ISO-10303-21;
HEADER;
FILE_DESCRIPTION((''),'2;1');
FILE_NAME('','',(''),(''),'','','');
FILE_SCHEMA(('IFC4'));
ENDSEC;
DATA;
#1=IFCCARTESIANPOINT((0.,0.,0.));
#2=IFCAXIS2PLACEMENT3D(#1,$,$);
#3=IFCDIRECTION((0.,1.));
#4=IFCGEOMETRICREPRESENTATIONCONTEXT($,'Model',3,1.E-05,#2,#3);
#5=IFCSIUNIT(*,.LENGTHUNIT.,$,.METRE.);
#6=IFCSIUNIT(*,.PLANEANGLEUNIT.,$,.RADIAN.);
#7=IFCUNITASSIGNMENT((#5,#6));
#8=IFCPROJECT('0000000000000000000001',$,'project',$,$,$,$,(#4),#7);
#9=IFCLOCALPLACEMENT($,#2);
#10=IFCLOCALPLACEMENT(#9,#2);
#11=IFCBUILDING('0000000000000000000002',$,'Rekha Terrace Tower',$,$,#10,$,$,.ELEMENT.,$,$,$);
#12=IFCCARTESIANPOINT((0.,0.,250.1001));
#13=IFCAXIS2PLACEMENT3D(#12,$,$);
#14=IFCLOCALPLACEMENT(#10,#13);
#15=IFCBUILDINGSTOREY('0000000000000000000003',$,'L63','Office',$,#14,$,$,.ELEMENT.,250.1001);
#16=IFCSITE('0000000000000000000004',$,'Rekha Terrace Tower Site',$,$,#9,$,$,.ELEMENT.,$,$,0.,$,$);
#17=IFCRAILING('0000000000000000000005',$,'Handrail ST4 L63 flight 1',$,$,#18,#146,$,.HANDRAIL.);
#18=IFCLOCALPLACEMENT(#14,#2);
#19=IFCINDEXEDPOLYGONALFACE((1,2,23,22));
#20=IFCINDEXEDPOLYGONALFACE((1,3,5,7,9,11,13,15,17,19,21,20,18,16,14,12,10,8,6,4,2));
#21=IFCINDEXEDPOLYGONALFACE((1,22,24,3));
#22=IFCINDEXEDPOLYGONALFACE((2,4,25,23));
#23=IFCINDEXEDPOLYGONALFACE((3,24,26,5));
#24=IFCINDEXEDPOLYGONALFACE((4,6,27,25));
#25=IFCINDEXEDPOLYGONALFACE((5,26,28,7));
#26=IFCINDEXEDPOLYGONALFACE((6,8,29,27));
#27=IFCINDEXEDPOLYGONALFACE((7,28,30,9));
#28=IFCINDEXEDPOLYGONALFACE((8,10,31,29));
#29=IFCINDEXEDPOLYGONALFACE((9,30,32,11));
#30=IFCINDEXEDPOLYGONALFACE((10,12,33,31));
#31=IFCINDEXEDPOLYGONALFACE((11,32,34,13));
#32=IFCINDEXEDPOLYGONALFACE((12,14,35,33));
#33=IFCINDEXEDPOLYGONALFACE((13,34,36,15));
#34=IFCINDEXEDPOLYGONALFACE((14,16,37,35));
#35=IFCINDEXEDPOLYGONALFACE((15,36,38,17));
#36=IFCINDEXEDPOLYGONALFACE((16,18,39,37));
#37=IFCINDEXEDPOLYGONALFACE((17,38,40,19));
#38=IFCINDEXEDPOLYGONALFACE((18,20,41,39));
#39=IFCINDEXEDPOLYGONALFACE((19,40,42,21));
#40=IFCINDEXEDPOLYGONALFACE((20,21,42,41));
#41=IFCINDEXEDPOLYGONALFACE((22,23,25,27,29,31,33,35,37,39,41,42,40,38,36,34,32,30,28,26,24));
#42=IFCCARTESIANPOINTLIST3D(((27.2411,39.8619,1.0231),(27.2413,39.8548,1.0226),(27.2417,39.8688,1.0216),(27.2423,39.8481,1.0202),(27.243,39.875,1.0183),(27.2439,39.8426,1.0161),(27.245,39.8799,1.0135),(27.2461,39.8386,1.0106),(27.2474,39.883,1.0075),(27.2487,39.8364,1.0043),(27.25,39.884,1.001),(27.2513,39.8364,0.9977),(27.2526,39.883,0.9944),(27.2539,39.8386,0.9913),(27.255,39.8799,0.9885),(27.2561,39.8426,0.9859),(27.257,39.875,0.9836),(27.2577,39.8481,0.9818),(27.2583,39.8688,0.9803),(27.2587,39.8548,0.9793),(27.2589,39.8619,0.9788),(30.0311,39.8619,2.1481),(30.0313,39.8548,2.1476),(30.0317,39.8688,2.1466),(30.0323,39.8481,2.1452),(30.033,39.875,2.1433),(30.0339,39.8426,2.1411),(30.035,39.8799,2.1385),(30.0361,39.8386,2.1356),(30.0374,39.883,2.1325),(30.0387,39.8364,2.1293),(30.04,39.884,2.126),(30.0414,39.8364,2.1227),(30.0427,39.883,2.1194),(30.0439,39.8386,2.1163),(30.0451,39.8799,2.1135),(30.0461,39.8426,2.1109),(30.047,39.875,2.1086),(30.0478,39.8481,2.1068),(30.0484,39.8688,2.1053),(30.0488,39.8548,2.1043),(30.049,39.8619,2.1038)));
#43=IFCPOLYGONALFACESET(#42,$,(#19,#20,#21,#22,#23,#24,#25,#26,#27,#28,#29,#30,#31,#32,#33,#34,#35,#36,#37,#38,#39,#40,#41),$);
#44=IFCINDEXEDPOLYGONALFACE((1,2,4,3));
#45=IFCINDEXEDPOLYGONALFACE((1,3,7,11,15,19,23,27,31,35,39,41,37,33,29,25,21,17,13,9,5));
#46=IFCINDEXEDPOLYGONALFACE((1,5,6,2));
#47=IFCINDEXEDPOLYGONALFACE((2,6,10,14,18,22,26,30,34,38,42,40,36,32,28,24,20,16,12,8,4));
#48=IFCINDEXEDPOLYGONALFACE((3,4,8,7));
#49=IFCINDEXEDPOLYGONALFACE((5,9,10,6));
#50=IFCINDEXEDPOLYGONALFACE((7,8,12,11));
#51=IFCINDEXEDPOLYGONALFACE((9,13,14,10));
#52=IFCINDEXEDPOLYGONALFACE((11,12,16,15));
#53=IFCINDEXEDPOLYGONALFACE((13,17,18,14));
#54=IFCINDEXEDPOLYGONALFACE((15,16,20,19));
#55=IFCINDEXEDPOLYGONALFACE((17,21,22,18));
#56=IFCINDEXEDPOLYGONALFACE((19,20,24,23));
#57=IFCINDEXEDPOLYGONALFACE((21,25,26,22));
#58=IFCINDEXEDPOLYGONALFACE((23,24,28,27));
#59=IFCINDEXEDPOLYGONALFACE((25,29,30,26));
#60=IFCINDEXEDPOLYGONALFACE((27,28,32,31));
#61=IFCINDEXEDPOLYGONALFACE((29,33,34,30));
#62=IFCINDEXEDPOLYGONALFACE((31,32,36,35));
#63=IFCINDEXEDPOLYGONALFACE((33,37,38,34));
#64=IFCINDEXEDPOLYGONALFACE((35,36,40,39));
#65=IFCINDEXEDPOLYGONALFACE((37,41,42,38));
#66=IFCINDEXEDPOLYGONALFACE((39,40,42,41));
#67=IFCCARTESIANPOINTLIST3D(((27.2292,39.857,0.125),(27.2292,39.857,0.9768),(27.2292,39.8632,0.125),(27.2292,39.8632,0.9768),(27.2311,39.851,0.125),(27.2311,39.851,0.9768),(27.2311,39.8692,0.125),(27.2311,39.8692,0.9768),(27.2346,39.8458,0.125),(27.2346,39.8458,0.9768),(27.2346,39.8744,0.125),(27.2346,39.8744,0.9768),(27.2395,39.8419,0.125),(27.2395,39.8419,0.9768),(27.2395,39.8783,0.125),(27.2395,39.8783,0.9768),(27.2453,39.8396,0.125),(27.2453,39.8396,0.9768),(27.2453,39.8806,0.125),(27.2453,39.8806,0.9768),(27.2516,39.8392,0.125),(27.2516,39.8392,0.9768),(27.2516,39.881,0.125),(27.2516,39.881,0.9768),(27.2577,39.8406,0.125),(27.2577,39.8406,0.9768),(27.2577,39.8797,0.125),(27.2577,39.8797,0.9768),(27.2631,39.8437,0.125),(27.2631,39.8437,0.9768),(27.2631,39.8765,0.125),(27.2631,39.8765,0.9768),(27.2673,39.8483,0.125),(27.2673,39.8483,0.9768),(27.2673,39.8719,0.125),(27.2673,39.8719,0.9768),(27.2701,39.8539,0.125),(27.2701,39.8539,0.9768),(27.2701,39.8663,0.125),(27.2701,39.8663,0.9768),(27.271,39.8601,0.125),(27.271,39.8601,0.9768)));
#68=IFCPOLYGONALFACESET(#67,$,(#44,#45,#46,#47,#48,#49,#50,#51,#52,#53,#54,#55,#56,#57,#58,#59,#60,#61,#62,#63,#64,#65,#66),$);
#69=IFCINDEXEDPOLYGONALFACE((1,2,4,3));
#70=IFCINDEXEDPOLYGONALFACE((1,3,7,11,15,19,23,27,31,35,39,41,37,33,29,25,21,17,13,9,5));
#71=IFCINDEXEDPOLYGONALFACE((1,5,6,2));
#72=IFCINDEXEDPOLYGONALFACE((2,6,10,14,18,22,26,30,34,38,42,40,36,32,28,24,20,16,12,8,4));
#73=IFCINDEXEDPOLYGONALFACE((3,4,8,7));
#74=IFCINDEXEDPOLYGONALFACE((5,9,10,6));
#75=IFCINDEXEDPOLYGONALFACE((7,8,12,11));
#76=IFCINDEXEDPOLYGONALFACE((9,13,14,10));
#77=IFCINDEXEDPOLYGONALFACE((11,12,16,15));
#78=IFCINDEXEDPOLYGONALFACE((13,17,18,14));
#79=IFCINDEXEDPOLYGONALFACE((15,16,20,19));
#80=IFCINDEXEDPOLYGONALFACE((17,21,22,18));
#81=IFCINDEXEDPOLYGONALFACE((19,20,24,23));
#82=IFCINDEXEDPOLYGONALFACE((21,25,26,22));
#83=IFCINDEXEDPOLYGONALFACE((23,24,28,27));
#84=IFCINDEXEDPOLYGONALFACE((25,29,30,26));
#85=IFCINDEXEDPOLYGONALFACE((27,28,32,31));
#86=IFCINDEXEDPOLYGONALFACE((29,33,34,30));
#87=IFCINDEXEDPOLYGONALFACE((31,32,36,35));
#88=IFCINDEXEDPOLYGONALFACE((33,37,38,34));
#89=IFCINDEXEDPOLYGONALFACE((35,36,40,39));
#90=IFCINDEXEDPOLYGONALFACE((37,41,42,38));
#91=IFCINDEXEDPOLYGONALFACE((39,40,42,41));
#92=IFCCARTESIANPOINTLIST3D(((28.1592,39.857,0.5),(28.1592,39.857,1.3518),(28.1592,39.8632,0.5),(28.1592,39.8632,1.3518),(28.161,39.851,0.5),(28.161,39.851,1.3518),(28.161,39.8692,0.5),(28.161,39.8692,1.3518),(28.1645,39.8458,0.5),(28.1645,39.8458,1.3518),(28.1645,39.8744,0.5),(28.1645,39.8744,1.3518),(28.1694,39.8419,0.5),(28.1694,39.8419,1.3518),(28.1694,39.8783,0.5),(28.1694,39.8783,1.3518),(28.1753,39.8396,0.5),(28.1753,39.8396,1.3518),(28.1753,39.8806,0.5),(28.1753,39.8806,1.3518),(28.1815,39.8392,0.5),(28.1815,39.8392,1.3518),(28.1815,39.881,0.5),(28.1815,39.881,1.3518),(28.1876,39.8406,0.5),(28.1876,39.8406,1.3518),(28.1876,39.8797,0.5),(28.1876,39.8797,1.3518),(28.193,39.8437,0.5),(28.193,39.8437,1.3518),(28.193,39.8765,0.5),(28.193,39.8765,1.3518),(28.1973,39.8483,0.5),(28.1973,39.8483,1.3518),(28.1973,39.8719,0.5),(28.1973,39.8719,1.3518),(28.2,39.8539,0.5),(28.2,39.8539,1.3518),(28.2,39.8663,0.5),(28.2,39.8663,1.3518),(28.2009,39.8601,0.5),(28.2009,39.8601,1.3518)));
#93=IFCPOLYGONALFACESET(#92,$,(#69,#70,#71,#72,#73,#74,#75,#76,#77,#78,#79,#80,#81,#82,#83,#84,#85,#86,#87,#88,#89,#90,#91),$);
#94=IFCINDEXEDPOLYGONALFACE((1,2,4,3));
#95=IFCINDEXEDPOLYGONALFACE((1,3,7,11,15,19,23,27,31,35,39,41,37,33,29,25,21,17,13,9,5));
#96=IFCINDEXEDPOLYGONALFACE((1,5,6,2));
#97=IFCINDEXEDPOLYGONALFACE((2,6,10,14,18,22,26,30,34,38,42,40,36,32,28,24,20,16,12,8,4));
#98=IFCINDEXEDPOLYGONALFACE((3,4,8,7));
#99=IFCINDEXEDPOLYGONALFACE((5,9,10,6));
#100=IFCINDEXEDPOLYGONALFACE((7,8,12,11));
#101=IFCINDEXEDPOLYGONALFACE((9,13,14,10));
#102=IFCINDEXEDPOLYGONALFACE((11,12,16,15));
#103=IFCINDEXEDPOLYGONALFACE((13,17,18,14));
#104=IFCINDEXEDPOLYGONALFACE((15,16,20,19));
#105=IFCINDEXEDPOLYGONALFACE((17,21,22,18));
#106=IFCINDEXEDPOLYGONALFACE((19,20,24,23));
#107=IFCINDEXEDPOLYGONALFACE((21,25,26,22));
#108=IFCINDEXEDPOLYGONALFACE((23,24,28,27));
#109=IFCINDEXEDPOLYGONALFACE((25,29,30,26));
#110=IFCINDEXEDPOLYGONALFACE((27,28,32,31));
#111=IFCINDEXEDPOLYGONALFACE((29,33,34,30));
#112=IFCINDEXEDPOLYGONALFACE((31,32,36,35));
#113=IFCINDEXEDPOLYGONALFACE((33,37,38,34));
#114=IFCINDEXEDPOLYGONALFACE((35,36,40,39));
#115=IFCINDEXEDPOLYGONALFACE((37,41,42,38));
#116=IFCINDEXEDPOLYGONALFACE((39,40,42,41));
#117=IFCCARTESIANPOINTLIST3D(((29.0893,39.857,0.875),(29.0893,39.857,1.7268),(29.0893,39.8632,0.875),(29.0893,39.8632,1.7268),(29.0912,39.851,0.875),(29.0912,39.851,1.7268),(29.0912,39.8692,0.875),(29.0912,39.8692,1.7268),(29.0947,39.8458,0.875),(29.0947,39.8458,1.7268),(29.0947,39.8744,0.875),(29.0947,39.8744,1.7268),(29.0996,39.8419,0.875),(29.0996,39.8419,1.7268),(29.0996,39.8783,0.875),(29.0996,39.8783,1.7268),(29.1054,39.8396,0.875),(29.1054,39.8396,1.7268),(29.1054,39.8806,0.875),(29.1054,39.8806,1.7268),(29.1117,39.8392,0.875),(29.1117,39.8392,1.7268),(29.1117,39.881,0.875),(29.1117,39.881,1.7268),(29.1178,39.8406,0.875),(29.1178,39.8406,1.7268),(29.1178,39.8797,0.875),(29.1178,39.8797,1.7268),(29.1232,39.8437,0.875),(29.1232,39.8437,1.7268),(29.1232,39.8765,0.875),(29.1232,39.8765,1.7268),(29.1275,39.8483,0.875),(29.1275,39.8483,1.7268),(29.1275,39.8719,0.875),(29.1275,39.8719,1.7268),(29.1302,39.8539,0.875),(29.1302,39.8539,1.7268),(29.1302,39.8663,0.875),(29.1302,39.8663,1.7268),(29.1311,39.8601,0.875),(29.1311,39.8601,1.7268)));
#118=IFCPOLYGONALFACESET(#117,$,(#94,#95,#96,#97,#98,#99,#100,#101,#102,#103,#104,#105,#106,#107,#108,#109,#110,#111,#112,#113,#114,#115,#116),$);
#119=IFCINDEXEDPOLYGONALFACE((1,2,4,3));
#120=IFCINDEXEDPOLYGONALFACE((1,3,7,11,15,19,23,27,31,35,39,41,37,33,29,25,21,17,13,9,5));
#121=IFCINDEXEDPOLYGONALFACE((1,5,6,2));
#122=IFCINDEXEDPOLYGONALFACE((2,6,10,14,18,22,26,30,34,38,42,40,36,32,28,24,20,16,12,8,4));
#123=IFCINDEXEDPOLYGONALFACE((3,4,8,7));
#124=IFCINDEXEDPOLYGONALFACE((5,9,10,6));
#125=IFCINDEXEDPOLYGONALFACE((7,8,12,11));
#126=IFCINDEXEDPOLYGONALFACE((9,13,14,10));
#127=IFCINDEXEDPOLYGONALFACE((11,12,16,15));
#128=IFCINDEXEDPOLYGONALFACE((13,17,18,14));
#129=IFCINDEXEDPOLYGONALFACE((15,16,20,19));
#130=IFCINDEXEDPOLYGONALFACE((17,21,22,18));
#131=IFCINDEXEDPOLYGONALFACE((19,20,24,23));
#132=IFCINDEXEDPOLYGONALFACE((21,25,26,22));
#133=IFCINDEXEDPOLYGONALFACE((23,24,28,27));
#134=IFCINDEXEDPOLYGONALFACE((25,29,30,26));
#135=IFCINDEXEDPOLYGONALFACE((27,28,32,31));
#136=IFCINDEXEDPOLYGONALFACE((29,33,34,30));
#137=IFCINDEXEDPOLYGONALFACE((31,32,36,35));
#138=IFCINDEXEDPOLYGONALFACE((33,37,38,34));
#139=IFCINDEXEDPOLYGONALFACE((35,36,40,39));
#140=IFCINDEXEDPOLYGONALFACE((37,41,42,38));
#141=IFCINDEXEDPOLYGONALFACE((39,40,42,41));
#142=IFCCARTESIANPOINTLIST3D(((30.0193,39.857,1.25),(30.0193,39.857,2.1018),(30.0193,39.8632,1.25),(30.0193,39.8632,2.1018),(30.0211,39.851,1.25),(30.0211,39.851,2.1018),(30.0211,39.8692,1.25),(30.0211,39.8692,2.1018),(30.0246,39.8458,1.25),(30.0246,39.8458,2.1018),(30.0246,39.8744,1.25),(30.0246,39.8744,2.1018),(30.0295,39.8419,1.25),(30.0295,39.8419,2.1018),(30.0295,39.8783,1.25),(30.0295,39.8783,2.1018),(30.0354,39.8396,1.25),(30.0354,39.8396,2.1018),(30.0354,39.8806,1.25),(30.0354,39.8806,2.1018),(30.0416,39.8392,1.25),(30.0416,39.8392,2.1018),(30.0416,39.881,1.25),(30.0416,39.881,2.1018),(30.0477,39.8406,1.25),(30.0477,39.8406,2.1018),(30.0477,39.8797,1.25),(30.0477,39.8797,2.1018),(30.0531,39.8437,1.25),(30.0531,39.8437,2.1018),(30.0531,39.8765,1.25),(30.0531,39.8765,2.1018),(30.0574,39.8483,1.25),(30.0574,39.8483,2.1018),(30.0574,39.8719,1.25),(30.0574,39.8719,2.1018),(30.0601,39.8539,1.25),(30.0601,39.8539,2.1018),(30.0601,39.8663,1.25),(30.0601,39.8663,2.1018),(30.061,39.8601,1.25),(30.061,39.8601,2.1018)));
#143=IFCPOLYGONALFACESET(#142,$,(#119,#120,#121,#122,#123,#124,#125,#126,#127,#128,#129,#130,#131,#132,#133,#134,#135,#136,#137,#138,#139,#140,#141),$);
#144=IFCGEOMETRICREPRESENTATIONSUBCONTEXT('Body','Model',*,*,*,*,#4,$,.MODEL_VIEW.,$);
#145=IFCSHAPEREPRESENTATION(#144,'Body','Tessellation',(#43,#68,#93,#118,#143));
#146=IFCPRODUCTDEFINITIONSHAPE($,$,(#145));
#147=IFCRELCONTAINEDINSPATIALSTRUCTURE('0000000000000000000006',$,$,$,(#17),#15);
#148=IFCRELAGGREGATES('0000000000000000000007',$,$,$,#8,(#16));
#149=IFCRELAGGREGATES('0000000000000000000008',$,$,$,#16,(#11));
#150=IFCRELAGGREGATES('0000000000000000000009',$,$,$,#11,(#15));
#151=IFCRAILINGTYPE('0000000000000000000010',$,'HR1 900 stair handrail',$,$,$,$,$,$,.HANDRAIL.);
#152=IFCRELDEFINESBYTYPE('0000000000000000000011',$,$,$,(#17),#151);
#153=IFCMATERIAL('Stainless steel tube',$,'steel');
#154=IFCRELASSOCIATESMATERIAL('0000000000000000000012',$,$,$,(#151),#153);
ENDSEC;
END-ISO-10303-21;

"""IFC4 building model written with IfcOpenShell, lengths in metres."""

from ifc_helpers import new_model, si_unit, direction, frame, origin, origin_2d, place, context, subcontext, project, spatial, circle, extrude, material, type_object, element, save


model = new_model("IFC4")

# Units and contexts
model_context = context("Model", 3, precision=1e-05, world=origin(), true_north=direction((0.0, 1.0)))
body_context = subcontext(model_context, "Body", "Model", "MODEL_VIEW")
ifc_project = project(units=[si_unit("LENGTHUNIT", "METRE"), si_unit("PLANEANGLEUNIT", "RADIAN")], contexts=[model_context])

# Site, building, storey
site_placement = place(None, origin())
site = spatial("IfcSite", under=ifc_project, at=site_placement, Name="Rekha Terrace Tower Site", CompositionType="ELEMENT", RefElevation=0.0)
building_placement = place(site_placement, origin())
building = spatial("IfcBuilding", under=site, at=building_placement, Name="Rekha Terrace Tower", CompositionType="ELEMENT")
storey_placement = place(building_placement, frame((0.0, 0.0, 250.1001)))
storey = spatial("IfcBuildingStorey", under=building, at=storey_placement, Name="L63", Description="Office", CompositionType="ELEMENT", Elevation=250.1001)

# Railing
ifc_material_1 = material(Name="Stainless steel tube", Category="steel")
railing_type_1 = type_object("IfcRailingType", Name="HR1 900 stair handrail", PredefinedType="HANDRAIL", material=ifc_material_1)
railing_1_placement = place(storey_placement, frame((27.25, 39.8601, 0.125)))
element("IfcRailing", 1, at=railing_1_placement, inside=storey, type_object=railing_type_1, Name="Handrail ST4 L63 flight 1", PredefinedType="HANDRAIL", context=body_context, shape_type="SweptSolid", body=[
    extrude(circle(Radius=0.0239, at=origin_2d()), frame((0.0, 0.0, 0.876), z_axis=(0.927443, 0.0, 0.373964), x_axis=(0.0, 1.0, 0.0)), (0.0, 0.0, 1.0), 3.0083),
    extrude(circle(Radius=0.021, at=origin_2d()), origin(), (0.0, 0.0, 1.0), 0.8518),
    extrude(circle(Radius=0.021, at=origin_2d()), frame((0.9299, 0.0, 0.375)), (0.0, 0.0, 1.0), 0.8518),
    extrude(circle(Radius=0.021, at=origin_2d()), frame((1.8601, 0.0, 0.75)), (0.0, 0.0, 1.0), 0.8518),
    extrude(circle(Radius=0.021, at=origin_2d()), frame((2.79, 0.0, 1.125)), (0.0, 0.0, 1.0), 0.8518),
])

save(model, "model.ifc")
